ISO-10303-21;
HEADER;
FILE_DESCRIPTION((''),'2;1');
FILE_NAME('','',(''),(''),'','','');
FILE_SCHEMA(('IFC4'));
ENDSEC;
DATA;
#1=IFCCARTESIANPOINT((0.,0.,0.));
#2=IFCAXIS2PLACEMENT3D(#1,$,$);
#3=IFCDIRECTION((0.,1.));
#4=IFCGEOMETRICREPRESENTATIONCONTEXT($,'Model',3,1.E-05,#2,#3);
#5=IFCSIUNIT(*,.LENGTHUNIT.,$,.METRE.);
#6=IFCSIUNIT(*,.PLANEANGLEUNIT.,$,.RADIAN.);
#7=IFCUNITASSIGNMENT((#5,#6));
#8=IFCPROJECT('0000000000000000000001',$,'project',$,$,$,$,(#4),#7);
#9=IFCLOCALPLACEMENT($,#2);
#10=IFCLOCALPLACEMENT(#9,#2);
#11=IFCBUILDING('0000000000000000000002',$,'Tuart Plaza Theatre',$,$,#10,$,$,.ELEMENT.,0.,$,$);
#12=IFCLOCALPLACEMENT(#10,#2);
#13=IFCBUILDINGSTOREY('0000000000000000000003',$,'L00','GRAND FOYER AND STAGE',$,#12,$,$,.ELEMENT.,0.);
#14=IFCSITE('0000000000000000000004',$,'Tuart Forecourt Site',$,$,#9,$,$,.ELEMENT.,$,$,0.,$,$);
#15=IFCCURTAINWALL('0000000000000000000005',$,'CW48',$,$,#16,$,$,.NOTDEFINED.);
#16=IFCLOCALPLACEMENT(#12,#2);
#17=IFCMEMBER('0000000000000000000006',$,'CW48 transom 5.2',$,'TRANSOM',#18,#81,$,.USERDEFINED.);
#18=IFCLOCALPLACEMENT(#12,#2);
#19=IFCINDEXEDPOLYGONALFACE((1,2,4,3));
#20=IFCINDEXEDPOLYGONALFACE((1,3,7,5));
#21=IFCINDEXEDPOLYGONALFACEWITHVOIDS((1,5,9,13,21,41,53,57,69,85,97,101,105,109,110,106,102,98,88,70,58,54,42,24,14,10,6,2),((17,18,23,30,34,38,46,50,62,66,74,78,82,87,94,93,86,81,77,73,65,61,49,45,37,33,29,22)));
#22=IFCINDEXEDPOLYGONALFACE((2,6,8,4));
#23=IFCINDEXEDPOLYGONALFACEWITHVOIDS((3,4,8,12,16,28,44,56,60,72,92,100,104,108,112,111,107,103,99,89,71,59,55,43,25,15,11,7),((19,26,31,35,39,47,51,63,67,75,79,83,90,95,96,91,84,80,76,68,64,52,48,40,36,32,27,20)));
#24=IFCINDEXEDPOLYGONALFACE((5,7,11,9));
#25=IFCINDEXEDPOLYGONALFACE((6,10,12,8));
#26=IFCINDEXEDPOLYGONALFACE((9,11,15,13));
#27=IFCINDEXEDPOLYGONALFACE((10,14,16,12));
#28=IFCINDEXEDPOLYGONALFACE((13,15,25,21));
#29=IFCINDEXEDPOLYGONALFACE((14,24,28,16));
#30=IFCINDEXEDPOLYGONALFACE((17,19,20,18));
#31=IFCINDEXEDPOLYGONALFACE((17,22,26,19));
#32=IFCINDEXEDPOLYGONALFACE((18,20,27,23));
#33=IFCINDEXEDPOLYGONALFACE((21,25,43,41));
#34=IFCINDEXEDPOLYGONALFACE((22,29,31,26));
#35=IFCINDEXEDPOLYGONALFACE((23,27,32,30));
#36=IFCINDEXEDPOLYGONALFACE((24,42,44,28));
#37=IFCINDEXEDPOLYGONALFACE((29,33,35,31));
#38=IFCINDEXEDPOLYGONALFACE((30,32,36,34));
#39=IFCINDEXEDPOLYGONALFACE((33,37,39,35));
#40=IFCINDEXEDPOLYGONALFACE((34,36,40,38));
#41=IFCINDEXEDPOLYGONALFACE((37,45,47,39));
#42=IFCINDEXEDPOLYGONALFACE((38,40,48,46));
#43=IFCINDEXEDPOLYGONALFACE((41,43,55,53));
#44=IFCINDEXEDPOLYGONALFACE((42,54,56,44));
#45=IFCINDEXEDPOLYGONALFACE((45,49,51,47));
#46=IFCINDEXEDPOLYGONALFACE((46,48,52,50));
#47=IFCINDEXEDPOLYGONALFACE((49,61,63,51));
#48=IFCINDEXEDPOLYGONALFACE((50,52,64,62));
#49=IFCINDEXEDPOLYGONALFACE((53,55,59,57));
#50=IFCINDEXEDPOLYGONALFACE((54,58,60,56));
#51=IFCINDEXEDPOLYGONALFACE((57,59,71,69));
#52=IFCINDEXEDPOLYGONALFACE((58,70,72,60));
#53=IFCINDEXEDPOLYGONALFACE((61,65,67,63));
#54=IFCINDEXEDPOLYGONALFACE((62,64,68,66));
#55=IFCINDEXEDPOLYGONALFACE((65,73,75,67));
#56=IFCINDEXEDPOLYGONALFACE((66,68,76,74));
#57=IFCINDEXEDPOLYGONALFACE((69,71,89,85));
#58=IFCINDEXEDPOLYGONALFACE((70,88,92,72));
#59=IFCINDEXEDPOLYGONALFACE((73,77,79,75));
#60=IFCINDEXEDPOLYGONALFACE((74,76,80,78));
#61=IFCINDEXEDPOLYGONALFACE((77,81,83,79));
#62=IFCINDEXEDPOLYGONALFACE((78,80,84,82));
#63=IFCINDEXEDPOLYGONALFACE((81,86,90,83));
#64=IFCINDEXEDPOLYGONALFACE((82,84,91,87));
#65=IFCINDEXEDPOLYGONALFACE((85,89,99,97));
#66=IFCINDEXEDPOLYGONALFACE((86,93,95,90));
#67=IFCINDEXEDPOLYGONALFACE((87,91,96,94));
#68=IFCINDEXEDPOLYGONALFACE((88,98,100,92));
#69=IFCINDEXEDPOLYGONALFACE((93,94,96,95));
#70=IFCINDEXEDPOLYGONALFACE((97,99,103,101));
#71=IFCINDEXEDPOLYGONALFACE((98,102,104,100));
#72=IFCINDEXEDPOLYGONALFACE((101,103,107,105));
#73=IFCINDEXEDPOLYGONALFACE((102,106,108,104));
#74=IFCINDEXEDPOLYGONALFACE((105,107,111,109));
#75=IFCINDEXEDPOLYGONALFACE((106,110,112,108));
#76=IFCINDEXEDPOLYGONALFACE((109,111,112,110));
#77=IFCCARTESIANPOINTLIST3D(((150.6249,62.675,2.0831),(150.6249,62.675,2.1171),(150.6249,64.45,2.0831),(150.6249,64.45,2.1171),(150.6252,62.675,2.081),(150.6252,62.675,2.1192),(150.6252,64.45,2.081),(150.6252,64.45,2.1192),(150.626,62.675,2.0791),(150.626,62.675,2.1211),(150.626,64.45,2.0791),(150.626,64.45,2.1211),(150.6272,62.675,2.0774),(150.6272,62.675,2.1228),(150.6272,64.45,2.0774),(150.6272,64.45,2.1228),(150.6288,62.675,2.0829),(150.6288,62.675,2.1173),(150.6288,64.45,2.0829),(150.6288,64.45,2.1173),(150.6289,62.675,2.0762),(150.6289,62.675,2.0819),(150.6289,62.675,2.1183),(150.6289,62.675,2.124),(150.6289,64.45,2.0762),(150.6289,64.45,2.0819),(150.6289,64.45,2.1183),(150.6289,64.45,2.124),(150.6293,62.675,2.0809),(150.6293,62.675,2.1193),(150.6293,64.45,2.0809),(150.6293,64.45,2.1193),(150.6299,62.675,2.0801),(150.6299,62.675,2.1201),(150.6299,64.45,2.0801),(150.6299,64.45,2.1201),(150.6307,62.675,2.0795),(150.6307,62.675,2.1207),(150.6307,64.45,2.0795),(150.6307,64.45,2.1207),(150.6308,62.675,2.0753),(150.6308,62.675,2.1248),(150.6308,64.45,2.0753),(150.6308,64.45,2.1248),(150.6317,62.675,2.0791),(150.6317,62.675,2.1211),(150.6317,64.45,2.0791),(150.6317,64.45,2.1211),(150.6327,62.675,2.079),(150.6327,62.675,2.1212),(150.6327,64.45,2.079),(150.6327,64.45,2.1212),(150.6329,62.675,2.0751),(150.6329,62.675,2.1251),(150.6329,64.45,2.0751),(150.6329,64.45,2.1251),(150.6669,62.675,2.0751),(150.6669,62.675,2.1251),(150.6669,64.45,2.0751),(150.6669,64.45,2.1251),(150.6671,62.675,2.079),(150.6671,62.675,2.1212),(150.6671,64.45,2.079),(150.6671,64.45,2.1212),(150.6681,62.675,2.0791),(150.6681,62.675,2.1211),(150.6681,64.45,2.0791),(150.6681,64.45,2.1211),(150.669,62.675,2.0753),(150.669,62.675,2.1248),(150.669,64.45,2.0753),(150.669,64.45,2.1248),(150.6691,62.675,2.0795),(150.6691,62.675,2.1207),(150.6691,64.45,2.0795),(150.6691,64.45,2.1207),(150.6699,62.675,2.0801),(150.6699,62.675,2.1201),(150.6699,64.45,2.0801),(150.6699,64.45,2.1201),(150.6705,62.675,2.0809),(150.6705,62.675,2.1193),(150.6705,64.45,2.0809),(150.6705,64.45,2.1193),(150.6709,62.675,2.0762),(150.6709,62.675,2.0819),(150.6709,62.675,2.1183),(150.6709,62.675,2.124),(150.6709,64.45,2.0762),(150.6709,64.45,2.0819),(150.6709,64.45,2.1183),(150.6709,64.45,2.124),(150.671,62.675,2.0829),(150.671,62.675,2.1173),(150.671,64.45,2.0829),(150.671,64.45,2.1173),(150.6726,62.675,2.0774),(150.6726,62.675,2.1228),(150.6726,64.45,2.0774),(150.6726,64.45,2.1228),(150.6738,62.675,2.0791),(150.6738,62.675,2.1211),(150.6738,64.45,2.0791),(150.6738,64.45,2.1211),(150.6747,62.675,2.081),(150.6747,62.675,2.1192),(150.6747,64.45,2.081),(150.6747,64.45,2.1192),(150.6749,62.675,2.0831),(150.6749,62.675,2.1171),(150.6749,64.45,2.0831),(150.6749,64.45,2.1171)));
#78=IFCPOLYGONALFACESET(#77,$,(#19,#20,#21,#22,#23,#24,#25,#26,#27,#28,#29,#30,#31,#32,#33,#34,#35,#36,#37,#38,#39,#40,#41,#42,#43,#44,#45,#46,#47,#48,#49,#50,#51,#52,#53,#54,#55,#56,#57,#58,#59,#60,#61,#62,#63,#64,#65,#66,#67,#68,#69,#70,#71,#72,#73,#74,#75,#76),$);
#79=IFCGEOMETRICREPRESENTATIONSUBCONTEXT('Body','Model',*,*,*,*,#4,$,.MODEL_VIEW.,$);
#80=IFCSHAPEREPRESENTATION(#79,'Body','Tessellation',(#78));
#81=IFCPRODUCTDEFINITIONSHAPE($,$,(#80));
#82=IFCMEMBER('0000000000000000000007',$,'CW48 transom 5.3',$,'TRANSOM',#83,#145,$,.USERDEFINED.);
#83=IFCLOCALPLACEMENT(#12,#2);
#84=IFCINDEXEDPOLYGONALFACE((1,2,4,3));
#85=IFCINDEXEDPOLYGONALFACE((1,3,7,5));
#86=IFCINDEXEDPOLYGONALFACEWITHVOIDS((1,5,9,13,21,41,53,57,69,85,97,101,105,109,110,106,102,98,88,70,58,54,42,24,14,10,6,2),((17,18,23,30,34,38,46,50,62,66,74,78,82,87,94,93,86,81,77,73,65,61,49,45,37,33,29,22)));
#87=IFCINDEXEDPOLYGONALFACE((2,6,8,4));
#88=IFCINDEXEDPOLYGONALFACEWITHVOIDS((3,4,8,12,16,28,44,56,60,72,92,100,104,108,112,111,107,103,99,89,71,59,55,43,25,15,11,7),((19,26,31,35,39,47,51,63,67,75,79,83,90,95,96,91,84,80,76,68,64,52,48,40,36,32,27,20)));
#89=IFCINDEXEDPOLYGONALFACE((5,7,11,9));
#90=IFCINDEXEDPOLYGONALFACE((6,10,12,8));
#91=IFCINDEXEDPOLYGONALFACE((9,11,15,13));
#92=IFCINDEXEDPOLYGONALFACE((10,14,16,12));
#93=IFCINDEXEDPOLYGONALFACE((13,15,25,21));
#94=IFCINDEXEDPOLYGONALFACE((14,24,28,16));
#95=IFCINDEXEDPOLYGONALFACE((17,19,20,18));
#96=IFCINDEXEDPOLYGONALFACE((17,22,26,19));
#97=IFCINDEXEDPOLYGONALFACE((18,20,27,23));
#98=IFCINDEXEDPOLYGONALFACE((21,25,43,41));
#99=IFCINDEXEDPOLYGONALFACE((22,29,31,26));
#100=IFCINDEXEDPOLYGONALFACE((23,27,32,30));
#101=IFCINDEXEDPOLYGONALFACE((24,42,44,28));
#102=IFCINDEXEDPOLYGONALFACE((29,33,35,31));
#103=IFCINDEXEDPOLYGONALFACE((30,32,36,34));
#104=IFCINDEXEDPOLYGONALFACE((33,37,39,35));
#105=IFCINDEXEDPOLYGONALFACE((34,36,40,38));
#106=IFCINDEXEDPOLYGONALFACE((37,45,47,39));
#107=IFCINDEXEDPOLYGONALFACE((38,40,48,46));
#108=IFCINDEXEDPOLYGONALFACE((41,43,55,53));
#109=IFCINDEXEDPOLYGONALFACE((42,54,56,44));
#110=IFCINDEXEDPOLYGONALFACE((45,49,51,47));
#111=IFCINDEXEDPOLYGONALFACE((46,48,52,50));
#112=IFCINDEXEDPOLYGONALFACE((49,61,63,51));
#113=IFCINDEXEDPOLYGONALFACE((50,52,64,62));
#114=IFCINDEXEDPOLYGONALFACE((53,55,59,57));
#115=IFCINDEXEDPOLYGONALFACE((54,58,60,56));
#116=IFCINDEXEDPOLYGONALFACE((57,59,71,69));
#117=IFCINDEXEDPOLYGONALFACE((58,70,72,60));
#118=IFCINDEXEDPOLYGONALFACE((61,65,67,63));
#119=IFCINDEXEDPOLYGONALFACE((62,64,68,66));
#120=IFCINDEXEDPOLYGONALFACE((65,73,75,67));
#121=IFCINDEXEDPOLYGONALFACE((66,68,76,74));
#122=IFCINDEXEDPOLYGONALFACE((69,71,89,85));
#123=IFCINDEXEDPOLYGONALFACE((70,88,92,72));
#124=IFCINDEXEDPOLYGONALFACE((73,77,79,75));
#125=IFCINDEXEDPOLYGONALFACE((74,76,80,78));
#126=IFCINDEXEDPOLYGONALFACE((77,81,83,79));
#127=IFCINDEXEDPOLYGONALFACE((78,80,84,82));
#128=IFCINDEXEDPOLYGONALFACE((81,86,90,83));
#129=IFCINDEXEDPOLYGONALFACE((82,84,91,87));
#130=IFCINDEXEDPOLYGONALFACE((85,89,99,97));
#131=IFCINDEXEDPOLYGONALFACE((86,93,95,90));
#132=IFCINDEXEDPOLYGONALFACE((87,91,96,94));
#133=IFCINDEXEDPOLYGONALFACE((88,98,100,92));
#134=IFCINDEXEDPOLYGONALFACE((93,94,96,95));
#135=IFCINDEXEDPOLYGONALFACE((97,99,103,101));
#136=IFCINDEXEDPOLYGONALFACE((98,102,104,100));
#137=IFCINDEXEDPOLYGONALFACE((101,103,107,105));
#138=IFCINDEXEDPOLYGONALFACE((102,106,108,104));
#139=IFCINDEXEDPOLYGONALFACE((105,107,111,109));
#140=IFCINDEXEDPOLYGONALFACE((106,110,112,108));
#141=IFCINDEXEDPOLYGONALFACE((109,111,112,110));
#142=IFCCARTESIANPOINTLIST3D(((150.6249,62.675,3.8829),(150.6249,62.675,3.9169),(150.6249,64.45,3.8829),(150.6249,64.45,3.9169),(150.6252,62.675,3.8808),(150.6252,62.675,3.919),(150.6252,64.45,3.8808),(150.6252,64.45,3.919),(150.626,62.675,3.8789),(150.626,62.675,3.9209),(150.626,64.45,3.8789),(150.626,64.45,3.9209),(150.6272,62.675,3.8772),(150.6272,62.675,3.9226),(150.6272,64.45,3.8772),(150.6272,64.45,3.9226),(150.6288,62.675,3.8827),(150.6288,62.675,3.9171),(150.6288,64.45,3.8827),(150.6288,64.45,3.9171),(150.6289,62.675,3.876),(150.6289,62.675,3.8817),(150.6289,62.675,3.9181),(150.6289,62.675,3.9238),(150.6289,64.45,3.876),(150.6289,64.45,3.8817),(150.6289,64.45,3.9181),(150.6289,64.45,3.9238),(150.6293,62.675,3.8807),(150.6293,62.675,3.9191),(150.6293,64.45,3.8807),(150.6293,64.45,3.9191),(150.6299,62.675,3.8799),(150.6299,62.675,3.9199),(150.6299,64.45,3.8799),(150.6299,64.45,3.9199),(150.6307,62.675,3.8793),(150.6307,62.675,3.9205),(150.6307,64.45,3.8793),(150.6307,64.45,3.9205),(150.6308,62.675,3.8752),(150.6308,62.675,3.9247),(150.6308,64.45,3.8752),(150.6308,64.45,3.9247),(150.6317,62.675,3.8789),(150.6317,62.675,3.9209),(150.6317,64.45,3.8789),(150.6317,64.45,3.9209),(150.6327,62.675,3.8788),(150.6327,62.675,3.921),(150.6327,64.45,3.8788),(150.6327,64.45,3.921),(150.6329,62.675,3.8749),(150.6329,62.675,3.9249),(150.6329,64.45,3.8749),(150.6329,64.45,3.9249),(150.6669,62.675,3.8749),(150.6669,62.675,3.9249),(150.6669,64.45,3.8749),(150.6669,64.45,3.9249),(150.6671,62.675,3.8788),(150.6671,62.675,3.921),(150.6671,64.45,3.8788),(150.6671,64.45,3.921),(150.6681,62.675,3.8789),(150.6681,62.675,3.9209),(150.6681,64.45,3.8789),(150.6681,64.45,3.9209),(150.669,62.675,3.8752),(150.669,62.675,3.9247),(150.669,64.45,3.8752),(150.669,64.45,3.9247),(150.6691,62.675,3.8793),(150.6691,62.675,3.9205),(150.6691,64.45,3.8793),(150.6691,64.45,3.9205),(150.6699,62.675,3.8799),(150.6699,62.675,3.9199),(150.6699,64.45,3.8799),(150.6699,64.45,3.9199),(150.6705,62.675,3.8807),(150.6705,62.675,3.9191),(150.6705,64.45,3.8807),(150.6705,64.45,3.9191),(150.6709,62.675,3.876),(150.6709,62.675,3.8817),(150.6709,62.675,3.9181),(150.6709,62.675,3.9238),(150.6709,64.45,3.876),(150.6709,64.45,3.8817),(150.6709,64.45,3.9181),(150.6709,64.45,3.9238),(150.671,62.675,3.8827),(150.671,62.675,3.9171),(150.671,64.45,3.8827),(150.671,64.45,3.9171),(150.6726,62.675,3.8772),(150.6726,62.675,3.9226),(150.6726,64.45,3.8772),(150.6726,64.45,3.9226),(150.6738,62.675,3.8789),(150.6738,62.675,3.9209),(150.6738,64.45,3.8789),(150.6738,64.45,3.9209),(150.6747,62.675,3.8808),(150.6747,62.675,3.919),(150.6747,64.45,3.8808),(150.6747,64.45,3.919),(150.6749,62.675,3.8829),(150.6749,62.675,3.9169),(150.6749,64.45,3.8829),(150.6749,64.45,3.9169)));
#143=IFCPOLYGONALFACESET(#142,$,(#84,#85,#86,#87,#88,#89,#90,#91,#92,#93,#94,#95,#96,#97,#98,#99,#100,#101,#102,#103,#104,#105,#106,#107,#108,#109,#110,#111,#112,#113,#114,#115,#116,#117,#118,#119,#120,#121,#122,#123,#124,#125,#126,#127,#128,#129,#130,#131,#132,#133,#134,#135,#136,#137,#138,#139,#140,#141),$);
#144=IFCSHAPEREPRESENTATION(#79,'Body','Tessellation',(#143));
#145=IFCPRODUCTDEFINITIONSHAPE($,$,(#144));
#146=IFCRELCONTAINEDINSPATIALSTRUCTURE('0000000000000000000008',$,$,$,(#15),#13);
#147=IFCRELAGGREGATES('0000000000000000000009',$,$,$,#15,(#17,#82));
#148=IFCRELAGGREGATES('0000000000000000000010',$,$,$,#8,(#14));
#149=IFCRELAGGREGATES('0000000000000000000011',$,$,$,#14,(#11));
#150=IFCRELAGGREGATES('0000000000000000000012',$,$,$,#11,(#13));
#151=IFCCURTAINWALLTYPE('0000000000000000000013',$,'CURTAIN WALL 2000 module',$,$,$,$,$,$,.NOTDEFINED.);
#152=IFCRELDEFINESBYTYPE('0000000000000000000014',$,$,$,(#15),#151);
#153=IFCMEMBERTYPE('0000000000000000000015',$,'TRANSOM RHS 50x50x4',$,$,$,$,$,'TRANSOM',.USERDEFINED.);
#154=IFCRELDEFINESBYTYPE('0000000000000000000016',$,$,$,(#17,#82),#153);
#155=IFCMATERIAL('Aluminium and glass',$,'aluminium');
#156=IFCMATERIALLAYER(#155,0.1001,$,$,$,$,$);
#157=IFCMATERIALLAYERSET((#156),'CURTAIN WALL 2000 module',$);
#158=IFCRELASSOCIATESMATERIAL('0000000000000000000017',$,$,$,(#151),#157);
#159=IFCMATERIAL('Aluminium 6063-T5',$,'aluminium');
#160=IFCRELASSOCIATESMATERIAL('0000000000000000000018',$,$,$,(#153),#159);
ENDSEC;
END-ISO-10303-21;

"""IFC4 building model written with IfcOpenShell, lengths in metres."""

from ifc_helpers import new_model, si_unit, direction, frame, origin, origin_2d, place, context, subcontext, project, spatial, hollow_rectangle, extrude, material, layer, layer_set, material_profile, profile_set, type_object, element, aggregate, save


model = new_model("IFC4")

# Units and contexts
model_context = context("Model", 3, precision=1e-05, world=origin(), true_north=direction((0.0, 1.0)))
body_context = subcontext(model_context, "Body", "Model", "MODEL_VIEW")
ifc_project = project(units=[si_unit("LENGTHUNIT", "METRE"), si_unit("PLANEANGLEUNIT", "RADIAN")], contexts=[model_context])

# Site, building, storey
site_placement = place(None, origin())
site = spatial("IfcSite", under=ifc_project, at=site_placement, Name="Tuart Forecourt Site", CompositionType="ELEMENT", RefElevation=0.0)
building_placement = place(site_placement, origin())
building = spatial("IfcBuilding", under=site, at=building_placement, Name="Tuart Plaza Theatre", CompositionType="ELEMENT", ElevationOfRefHeight=0.0)
storey_placement = place(building_placement, origin())
storey = spatial("IfcBuildingStorey", under=building, at=storey_placement, Name="L00", Description="GRAND FOYER AND STAGE", CompositionType="ELEMENT", Elevation=0.0)

# Curtain wall, members
ifc_material_1 = material(Name="Aluminium and glass", Category="aluminium")
ifc_layer_1 = layer(ifc_material_1, 0.1001)
ifc_layer_set_1 = layer_set([ifc_layer_1], Name="CURTAIN WALL 2000 module")
curtain_wall_type = type_object("IfcCurtainWallType", Name="CURTAIN WALL 2000 module", PredefinedType="NOTDEFINED", material=ifc_layer_set_1)
curtain_wall_1_placement = place(storey_placement, origin())
curtain_wall_1 = element("IfcCurtainWall", 1, at=curtain_wall_1_placement, inside=storey, type_object=curtain_wall_type, Name="CW48", PredefinedType="NOTDEFINED")
ifc_material_2 = material(Name="Aluminium 6063-T5", Category="aluminium")
ifc_material_profile_1 = material_profile(ifc_material_2, hollow_rectangle(XDim=0.05, YDim=0.05, WallThickness=0.0039, InnerFilletRadius=0.0039, OuterFilletRadius=0.0081, at=origin_2d()), Name="RHS 50x50x4")
ifc_profile_set_1 = profile_set([ifc_material_profile_1], Name="Aluminium 6063-T5")
member_type_1 = type_object("IfcMemberType", Name="TRANSOM RHS 50x50x4", ElementType="TRANSOM", PredefinedType="USERDEFINED", material=ifc_profile_set_1)
member_1_placement = place(storey_placement, frame((150.6499, 62.675, 2.1001), z_axis=(0.0, 1.0, 0.0), x_axis=(-1.0, 0.0, 0.0)))
member_1 = element("IfcMember", 2, at=member_1_placement, type_object=member_type_1, Name="CW48 transom 5.2", ObjectType="TRANSOM", PredefinedType="USERDEFINED", context=body_context, shape_type="SweptSolid", body=[
    extrude(hollow_rectangle(XDim=0.05, YDim=0.05, WallThickness=0.0039, InnerFilletRadius=0.0039, OuterFilletRadius=0.0081, at=origin_2d()), origin(), (0.0, 0.0, 1.0), 1.7749),
])
member_2_placement = place(storey_placement, frame((150.6499, 62.675, 3.8999), z_axis=(0.0, 1.0, 0.0), x_axis=(-1.0, 0.0, 0.0)))
member_2 = element("IfcMember", 3, at=member_2_placement, type_object=member_type_1, Name="CW48 transom 5.3", ObjectType="TRANSOM", PredefinedType="USERDEFINED", context=body_context, shape_type="SweptSolid", body=[
    extrude(hollow_rectangle(XDim=0.05, YDim=0.05, WallThickness=0.0039, InnerFilletRadius=0.0039, OuterFilletRadius=0.0081, at=origin_2d()), origin(), (0.0, 0.0, 1.0), 1.7749),
])

aggregate(curtain_wall_1, [member_1, member_2])

save(model, "model.ifc")
